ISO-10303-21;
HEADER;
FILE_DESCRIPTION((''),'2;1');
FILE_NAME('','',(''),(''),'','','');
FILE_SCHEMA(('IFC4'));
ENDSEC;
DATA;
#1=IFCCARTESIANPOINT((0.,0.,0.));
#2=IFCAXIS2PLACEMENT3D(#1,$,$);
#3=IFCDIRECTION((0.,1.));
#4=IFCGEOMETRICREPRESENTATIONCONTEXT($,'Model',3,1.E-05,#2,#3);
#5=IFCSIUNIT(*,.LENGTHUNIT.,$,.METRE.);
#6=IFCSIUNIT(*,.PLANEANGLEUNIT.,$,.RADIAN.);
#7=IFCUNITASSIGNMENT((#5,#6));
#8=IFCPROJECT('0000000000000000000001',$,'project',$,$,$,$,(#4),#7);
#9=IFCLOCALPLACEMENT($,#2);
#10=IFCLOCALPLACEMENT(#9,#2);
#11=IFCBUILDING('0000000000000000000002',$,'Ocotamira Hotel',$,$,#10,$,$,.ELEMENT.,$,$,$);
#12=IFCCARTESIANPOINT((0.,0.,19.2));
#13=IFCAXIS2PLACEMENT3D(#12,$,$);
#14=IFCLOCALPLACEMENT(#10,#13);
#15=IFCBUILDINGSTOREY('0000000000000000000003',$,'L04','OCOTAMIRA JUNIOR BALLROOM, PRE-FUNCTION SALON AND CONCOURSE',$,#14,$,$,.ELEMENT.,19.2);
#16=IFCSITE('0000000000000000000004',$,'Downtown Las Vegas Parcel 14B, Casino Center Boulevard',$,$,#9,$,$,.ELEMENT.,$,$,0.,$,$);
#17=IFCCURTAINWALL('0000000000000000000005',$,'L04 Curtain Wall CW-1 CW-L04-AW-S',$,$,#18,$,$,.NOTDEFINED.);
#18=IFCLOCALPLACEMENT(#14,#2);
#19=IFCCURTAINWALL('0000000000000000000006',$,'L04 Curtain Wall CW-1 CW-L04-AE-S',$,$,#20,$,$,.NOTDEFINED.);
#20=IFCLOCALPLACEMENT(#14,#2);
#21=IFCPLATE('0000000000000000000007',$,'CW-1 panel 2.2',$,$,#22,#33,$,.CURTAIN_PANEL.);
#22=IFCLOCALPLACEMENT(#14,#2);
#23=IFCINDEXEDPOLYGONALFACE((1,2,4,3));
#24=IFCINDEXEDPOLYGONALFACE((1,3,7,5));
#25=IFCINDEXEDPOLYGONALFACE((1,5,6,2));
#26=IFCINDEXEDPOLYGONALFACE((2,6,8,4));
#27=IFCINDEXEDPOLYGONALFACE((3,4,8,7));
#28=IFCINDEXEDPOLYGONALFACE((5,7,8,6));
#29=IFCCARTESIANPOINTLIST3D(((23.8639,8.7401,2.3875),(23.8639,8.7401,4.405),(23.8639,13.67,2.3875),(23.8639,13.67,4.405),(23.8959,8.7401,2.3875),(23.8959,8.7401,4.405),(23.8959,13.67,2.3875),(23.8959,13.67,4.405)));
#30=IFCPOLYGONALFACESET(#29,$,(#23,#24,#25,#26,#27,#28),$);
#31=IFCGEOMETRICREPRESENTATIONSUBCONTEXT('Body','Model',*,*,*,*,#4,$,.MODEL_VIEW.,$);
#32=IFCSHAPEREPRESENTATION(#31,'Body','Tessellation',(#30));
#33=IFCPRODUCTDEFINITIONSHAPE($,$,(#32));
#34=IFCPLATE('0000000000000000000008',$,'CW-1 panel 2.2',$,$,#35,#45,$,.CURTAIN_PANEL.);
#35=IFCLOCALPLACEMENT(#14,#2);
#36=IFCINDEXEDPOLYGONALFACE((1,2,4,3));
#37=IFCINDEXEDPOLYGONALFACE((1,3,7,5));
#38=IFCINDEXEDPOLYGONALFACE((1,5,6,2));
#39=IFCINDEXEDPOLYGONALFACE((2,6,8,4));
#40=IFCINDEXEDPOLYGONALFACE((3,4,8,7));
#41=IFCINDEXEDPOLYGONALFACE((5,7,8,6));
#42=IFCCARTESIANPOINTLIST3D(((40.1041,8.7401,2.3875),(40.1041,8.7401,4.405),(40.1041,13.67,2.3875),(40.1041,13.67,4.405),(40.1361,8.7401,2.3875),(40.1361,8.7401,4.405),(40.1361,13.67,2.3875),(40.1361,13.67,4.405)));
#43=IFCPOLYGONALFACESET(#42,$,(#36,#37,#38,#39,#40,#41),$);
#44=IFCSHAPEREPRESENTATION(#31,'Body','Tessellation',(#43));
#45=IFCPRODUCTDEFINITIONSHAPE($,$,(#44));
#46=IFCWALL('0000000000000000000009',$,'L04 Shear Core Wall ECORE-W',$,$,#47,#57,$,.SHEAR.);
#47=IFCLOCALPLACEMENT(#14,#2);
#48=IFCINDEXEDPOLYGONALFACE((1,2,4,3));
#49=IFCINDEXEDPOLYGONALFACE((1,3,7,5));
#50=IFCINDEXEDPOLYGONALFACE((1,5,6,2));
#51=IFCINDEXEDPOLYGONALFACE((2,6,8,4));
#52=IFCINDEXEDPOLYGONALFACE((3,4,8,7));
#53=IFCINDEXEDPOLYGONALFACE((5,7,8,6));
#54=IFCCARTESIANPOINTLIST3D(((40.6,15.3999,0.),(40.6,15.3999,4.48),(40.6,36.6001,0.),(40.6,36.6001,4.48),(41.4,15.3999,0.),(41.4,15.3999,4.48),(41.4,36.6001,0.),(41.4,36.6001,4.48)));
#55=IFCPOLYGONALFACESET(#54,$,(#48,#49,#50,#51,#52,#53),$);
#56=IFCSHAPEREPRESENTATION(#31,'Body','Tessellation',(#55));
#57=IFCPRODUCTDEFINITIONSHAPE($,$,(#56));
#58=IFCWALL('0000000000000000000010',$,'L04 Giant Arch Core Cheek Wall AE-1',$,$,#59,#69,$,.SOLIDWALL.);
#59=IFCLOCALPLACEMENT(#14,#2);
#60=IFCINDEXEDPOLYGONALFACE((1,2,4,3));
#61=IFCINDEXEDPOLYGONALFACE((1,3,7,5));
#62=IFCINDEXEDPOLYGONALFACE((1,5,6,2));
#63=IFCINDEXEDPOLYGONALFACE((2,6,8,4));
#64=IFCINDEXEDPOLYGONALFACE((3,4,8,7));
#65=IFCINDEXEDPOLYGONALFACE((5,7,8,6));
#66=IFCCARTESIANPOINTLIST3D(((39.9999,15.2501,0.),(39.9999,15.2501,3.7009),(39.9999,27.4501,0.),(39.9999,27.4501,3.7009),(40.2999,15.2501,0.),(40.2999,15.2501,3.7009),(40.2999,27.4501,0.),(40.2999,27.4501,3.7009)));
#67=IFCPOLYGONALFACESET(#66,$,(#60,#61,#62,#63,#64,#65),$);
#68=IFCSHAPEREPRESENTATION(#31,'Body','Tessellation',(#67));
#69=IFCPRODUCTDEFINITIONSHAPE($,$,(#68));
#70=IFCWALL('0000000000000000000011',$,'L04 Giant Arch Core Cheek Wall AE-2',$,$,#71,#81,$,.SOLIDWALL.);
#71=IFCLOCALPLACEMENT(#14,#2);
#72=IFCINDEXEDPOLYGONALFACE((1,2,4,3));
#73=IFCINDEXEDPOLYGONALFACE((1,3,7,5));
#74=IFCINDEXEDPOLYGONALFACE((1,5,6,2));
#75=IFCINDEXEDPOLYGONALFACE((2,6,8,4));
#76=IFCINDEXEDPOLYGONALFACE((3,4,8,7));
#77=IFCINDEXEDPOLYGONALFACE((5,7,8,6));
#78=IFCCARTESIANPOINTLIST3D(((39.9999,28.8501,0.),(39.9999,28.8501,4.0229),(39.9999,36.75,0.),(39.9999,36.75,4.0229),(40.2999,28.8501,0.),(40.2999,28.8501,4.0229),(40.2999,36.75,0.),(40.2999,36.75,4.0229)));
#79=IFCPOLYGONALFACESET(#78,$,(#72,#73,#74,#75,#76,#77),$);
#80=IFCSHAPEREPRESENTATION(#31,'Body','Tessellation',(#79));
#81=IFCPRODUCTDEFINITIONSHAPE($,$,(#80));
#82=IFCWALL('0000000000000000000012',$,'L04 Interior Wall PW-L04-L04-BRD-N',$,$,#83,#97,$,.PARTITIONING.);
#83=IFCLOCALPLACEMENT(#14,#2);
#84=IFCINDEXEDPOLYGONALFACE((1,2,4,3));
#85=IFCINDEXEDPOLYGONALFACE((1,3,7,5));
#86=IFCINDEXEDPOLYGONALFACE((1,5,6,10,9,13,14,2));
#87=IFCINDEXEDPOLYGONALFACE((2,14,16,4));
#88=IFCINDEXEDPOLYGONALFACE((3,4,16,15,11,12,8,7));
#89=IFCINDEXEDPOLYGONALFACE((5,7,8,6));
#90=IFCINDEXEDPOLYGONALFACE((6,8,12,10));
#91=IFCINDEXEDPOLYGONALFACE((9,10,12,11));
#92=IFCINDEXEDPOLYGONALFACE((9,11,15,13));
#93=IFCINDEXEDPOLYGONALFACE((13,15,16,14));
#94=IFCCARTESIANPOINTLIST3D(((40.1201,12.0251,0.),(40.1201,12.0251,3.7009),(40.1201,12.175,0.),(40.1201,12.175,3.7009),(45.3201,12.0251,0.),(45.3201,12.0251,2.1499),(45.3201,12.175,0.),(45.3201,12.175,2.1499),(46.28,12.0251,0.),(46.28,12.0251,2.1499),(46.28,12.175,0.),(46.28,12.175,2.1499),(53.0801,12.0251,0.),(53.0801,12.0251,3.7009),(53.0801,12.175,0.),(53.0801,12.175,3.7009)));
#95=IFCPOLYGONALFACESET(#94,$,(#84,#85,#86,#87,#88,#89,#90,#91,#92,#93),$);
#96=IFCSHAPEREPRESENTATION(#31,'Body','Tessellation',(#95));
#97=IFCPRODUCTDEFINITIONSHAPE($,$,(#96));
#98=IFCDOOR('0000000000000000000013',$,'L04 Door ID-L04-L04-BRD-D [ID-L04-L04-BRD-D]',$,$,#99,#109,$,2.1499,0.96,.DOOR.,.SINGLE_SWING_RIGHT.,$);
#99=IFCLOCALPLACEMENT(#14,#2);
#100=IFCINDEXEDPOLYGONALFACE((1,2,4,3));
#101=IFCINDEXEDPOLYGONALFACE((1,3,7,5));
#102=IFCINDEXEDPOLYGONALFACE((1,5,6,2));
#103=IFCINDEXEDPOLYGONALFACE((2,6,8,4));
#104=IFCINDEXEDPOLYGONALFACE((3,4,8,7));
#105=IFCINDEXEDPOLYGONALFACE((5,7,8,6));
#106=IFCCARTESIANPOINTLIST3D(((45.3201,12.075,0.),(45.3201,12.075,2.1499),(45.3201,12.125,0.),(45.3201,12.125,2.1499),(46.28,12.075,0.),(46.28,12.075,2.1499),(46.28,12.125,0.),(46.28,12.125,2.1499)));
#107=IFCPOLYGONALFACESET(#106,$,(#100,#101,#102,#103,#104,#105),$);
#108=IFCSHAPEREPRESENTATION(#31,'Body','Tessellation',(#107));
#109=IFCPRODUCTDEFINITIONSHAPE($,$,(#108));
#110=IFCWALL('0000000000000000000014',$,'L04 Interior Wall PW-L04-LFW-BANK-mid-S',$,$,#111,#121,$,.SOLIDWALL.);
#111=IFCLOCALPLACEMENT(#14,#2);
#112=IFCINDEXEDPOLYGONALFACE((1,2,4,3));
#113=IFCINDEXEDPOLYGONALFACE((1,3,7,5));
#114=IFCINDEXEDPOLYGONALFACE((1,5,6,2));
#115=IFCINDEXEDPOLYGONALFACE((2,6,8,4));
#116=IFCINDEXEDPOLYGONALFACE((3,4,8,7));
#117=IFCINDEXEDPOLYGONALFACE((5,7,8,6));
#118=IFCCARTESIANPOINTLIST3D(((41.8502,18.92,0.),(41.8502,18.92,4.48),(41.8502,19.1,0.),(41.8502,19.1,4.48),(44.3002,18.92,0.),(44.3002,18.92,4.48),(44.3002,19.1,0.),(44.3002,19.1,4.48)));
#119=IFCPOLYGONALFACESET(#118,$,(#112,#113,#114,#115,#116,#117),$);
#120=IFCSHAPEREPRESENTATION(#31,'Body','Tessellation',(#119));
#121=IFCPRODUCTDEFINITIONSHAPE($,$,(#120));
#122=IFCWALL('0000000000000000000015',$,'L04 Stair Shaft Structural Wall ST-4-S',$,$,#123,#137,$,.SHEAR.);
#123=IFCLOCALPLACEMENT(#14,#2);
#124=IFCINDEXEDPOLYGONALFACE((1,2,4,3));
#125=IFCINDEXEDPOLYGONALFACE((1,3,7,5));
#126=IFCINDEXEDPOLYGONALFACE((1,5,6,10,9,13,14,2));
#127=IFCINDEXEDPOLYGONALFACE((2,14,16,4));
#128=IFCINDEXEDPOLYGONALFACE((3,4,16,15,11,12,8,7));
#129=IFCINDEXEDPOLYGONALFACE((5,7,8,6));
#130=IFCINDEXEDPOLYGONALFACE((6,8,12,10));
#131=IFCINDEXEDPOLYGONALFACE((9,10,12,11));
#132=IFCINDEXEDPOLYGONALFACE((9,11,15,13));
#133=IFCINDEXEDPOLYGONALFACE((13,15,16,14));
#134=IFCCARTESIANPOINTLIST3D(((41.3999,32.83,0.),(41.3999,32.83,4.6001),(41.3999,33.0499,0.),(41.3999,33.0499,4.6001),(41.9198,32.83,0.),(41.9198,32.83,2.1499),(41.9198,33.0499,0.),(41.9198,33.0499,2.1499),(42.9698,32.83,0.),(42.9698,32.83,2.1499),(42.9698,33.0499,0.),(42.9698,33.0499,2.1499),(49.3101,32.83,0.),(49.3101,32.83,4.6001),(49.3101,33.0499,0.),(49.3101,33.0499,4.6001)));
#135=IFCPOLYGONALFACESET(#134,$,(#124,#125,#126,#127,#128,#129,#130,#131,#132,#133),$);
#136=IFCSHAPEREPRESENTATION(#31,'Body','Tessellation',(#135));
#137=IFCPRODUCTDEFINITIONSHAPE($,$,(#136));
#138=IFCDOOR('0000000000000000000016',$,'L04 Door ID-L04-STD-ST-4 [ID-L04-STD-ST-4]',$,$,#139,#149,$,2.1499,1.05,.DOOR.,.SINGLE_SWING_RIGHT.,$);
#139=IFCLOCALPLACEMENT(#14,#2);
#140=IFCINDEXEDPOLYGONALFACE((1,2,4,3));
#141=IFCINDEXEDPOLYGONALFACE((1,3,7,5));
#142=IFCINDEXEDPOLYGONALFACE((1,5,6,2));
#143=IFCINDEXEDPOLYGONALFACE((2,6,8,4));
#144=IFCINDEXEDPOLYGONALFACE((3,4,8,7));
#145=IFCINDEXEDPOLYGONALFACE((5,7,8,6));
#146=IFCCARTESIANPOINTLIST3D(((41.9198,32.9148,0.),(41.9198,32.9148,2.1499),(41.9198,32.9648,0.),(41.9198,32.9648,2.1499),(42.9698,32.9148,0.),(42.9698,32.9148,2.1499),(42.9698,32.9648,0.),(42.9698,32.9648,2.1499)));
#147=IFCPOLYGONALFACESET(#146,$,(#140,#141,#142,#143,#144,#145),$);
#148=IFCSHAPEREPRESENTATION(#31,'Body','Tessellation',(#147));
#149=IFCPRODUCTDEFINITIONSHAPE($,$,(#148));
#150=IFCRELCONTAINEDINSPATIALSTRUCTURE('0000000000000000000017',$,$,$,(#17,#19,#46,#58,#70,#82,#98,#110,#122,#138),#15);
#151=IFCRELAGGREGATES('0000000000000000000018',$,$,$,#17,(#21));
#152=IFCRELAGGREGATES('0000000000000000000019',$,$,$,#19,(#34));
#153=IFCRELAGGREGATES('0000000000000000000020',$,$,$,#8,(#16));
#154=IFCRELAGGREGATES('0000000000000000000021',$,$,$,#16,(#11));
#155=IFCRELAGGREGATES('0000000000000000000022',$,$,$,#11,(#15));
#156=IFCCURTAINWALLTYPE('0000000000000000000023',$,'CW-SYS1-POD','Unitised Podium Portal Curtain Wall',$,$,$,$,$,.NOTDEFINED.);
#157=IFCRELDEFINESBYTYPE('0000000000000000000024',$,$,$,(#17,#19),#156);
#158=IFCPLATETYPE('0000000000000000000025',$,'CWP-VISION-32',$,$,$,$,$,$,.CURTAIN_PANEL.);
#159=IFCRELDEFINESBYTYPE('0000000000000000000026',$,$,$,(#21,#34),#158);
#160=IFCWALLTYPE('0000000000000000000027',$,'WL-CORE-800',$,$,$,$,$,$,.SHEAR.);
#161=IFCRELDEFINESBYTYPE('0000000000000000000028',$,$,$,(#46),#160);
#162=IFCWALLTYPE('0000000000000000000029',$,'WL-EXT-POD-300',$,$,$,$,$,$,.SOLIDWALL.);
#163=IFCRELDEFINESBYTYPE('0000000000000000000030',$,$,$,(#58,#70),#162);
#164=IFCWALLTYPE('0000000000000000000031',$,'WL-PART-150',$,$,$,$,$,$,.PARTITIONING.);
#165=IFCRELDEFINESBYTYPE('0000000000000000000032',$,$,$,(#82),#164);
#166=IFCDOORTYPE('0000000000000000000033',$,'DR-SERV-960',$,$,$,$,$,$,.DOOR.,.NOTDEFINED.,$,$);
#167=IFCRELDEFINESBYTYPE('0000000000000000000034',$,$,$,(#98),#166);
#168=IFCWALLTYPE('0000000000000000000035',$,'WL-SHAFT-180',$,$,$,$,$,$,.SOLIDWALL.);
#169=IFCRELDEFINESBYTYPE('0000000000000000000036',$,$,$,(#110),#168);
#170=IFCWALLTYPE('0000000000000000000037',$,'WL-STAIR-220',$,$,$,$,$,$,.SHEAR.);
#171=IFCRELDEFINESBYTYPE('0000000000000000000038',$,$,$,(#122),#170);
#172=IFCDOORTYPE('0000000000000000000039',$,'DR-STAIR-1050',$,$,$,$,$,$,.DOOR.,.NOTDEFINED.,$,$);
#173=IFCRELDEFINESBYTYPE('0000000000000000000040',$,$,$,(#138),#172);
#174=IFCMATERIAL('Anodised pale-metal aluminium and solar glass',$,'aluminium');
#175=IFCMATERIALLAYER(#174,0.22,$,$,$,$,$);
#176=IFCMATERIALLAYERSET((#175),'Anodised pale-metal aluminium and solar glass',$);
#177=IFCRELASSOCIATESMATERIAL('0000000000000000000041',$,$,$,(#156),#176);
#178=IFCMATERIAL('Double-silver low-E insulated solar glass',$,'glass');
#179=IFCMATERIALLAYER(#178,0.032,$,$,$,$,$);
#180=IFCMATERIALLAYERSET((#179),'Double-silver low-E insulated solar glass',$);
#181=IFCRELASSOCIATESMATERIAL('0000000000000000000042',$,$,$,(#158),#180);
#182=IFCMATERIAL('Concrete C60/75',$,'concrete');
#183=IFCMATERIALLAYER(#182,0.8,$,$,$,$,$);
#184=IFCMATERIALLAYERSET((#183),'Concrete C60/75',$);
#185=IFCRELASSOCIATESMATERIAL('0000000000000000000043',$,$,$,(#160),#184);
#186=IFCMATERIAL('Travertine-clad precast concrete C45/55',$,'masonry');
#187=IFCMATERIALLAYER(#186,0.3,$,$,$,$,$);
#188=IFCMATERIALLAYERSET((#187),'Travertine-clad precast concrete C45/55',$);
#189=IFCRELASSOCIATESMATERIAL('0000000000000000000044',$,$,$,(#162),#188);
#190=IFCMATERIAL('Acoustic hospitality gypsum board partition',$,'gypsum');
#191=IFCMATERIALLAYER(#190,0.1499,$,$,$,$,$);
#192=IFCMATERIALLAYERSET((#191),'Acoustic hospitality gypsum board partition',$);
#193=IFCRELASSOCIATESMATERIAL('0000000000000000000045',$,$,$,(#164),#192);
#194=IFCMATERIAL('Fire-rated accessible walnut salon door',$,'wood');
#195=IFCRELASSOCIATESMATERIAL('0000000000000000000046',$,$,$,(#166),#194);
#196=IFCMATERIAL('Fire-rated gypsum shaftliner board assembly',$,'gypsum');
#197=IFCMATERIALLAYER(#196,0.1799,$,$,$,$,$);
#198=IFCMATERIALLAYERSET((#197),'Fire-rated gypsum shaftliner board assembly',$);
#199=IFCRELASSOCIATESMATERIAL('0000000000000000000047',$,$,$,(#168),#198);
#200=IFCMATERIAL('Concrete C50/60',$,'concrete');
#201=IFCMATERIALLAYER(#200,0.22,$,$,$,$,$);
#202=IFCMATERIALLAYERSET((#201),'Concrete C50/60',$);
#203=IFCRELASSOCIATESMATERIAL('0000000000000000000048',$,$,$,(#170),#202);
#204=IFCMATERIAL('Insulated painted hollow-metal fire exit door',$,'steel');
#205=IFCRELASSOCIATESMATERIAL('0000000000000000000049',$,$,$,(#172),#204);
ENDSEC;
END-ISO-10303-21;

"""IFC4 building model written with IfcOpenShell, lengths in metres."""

from ifc_helpers import new_model, si_unit, direction, frame, frame_2d, origin, origin_2d, place, context, subcontext, project, spatial, rectangle, extrude, source, transform, mapped, material, layer, layer_set, type_object, element, fill, aggregate, save


model = new_model("IFC4")

# Units and contexts
model_context = context("Model", 3, precision=1e-05, world=origin(), true_north=direction((0.0, 1.0)))
body_context = subcontext(model_context, "Body", "Model", "MODEL_VIEW")
ifc_project = project(units=[si_unit("LENGTHUNIT", "METRE"), si_unit("PLANEANGLEUNIT", "RADIAN")], contexts=[model_context])

# Site, building, storey
site_placement = place(None, origin())
site = spatial("IfcSite", under=ifc_project, at=site_placement, Name="Downtown Las Vegas Parcel 14B, Casino Center Boulevard", CompositionType="ELEMENT", RefElevation=0.0)
building_placement = place(site_placement, origin())
building = spatial("IfcBuilding", under=site, at=building_placement, Name="Ocotamira Hotel", CompositionType="ELEMENT")
storey_placement = place(building_placement, frame((0.0, 0.0, 19.2)))
storey = spatial("IfcBuildingStorey", under=building, at=storey_placement, Name="L04", Description="OCOTAMIRA JUNIOR BALLROOM, PRE-FUNCTION SALON AND CONCOURSE", CompositionType="ELEMENT", Elevation=19.2)

# Shared definitions
ifc_material_1 = material(Name="Concrete C60/75", Category="concrete")

# Curtain walls
ifc_material_2 = material(Name="Anodised pale-metal aluminium and solar glass", Category="aluminium")
ifc_layer_1 = layer(ifc_material_2, 0.22)
ifc_layer_set_1 = layer_set([ifc_layer_1], Name="Anodised pale-metal aluminium and solar glass")
curtain_wall_type = type_object("IfcCurtainWallType", Name="CW-SYS1-POD", Description="Unitised Podium Portal Curtain Wall", PredefinedType="NOTDEFINED", material=ifc_layer_set_1)
curtain_wall_1_placement = place(storey_placement, origin())
curtain_wall_1 = element("IfcCurtainWall", 1, at=curtain_wall_1_placement, inside=storey, type_object=curtain_wall_type, Name="L04 Curtain Wall CW-1 CW-L04-AW-S", PredefinedType="NOTDEFINED")
curtain_wall_2_placement = place(storey_placement, origin())
curtain_wall_2 = element("IfcCurtainWall", 2, at=curtain_wall_2_placement, inside=storey, type_object=curtain_wall_type, Name="L04 Curtain Wall CW-1 CW-L04-AE-S", PredefinedType="NOTDEFINED")

# Plates
ifc_material_3 = material(Name="Double-silver low-E insulated solar glass", Category="glass")
ifc_layer_2 = layer(ifc_material_3, 0.032)
ifc_layer_set_2 = layer_set([ifc_layer_2], Name="Double-silver low-E insulated solar glass")
plate_type = type_object("IfcPlateType", Name="CWP-VISION-32", PredefinedType="CURTAIN_PANEL", material=ifc_layer_set_2)
shared_shape_1 = source(origin(), body_context, "Body", "SweptSolid", [
    extrude(rectangle(XDim=4.9299, YDim=0.032, at=origin_2d()), origin(), (0.0, 0.0, 1.0), 2.0176),
])
plate_1_placement = place(storey_placement, frame((23.8799, 11.2051, 2.3875), z_axis=(0.0, 0.0, 1.0), x_axis=(0.0, 1.0, 0.0)))
plate_1 = element("IfcPlate", 3, at=plate_1_placement, type_object=plate_type, Name="CW-1 panel 2.2", PredefinedType="CURTAIN_PANEL", context=body_context, shape_type="MappedRepresentation", body=[
    mapped(shared_shape_1, transform((0.0, 0.0, 0.0), scale=1.0)),
])
aggregate(curtain_wall_1, [plate_1])
plate_2_placement = place(storey_placement, frame((40.1201, 11.2051, 2.3875), z_axis=(0.0, 0.0, 1.0), x_axis=(0.0, 1.0, 0.0)))
plate_2 = element("IfcPlate", 4, at=plate_2_placement, type_object=plate_type, Name="CW-1 panel 2.2", PredefinedType="CURTAIN_PANEL", context=body_context, shape_type="MappedRepresentation", body=[
    mapped(shared_shape_1, transform((0.0, 0.0, 0.0), scale=1.0)),
])
aggregate(curtain_wall_2, [plate_2])

# Shared definitions
ifc_layer_3 = layer(ifc_material_1, 0.8)
ifc_layer_set_3 = layer_set([ifc_layer_3], Name="Concrete C60/75")
wall_type_1 = type_object("IfcWallType", Name="WL-CORE-800", PredefinedType="SHEAR", material=ifc_layer_set_3)

# Walls
wall_1_placement = place(storey_placement, frame((41.0, 15.3999, 0.0), z_axis=(0.0, 0.0, 1.0), x_axis=(0.0, 1.0, 0.0)))
element("IfcWall", 5, at=wall_1_placement, inside=storey, type_object=wall_type_1, Name="L04 Shear Core Wall ECORE-W", PredefinedType="SHEAR", context=body_context, shape_type="SweptSolid", body=[
    extrude(rectangle(XDim=21.2002, YDim=0.8, at=frame_2d((10.6001, 0.0))), origin(), (0.0, 0.0, 1.0), 4.48),
])
ifc_material_4 = material(Name="Travertine-clad precast concrete C45/55", Category="masonry")
ifc_layer_4 = layer(ifc_material_4, 0.3)
ifc_layer_set_4 = layer_set([ifc_layer_4], Name="Travertine-clad precast concrete C45/55")
wall_type_2 = type_object("IfcWallType", Name="WL-EXT-POD-300", PredefinedType="SOLIDWALL", material=ifc_layer_set_4)
wall_2_placement = place(storey_placement, frame((40.1499, 15.25, 0.0), z_axis=(0.0, 0.0, 1.0), x_axis=(0.0, 1.0, 0.0)))
element("IfcWall", 6, at=wall_2_placement, inside=storey, type_object=wall_type_2, Name="L04 Giant Arch Core Cheek Wall AE-1", PredefinedType="SOLIDWALL", context=body_context, shape_type="SweptSolid", body=[
    extrude(rectangle(XDim=12.2, YDim=0.3, at=frame_2d((6.1001, 0.0))), origin(), (0.0, 0.0, 1.0), 3.7009),
])
wall_3_placement = place(storey_placement, frame((40.1499, 28.8501, 0.0), z_axis=(0.0, 0.0, 1.0), x_axis=(0.0, 1.0, 0.0)))
element("IfcWall", 7, at=wall_3_placement, inside=storey, type_object=wall_type_2, Name="L04 Giant Arch Core Cheek Wall AE-2", PredefinedType="SOLIDWALL", context=body_context, shape_type="SweptSolid", body=[
    extrude(rectangle(XDim=7.8999, YDim=0.3, at=frame_2d((3.95, 0.0))), origin(), (0.0, 0.0, 1.0), 4.0229),
])

# Wall, opening, door
ifc_material_5 = material(Name="Acoustic hospitality gypsum board partition", Category="gypsum")
ifc_layer_5 = layer(ifc_material_5, 0.1499)
ifc_layer_set_5 = layer_set([ifc_layer_5], Name="Acoustic hospitality gypsum board partition")
wall_type_3 = type_object("IfcWallType", Name="WL-PART-150", PredefinedType="PARTITIONING", material=ifc_layer_set_5)
wall_4_placement = place(storey_placement, frame((40.1201, 12.1001, 0.0), z_axis=(0.0, 0.0, 1.0), x_axis=(1.0, 0.0, 0.0)))
wall_4 = element("IfcWall", 8, at=wall_4_placement, inside=storey, type_object=wall_type_3, Name="L04 Interior Wall PW-L04-L04-BRD-N", PredefinedType="PARTITIONING", context=body_context, shape_type="SweptSolid", body=[
    extrude(rectangle(XDim=12.96, YDim=0.1499, at=frame_2d((6.48, 0.0))), origin(), (0.0, 0.0, 1.0), 3.7009),
])
opening_1_placement = place(wall_4_placement, frame((5.2, 0.0, 0.0)))
opening_1 = element("IfcOpeningElement", 9, at=opening_1_placement, cuts=wall_4, PredefinedType="OPENING", context=body_context, shape_type="SweptSolid", body=[
    extrude(rectangle(XDim=0.96, YDim=2.1499, at=frame_2d((0.48, 1.075))), frame((0.0, 0.085, 0.0), z_axis=(0.0, -1.0, 0.0), x_axis=(1.0, 0.0, 0.0)), (0.0, 0.0, 1.0), 0.1699),
])
ifc_material_6 = material(Name="Fire-rated accessible walnut salon door", Category="wood")
door_type_1 = type_object("IfcDoorType", Name="DR-SERV-960", OperationType="NOTDEFINED", PredefinedType="DOOR", material=ifc_material_6)
shared_shape_2 = source(origin(), body_context, "Body", "SweptSolid", [
    extrude(rectangle(XDim=0.96, YDim=2.1499, at=frame_2d((0.48, 1.075))), frame((0.0, 0.0249, 0.0), z_axis=(0.0, -1.0, 0.0), x_axis=(1.0, 0.0, 0.0)), (0.0, 0.0, 1.0), 0.05),
])
door_1_placement = place(opening_1_placement, origin())
door_1 = element("IfcDoor", 10, at=door_1_placement, inside=storey, type_object=door_type_1, Name="L04 Door ID-L04-L04-BRD-D [ID-L04-L04-BRD-D]", OperationType="SINGLE_SWING_RIGHT", OverallHeight=2.1499, OverallWidth=0.96, PredefinedType="DOOR", context=body_context, shape_type="MappedRepresentation", body=[
    mapped(shared_shape_2, transform((0.0, 0.0, 0.0), scale=1.0)),
])
fill(opening_1, door_1)

# Wall
ifc_material_7 = material(Name="Fire-rated gypsum shaftliner board assembly", Category="gypsum")
ifc_layer_6 = layer(ifc_material_7, 0.1799)
ifc_layer_set_6 = layer_set([ifc_layer_6], Name="Fire-rated gypsum shaftliner board assembly")
wall_type_4 = type_object("IfcWallType", Name="WL-SHAFT-180", PredefinedType="SOLIDWALL", material=ifc_layer_set_6)
wall_5_placement = place(storey_placement, frame((41.8501, 19.01, 0.0), z_axis=(0.0, 0.0, 1.0), x_axis=(1.0, 0.0, 0.0)))
element("IfcWall", 11, at=wall_5_placement, inside=storey, type_object=wall_type_4, Name="L04 Interior Wall PW-L04-LFW-BANK-mid-S", PredefinedType="SOLIDWALL", context=body_context, shape_type="SweptSolid", body=[
    extrude(rectangle(XDim=2.45, YDim=0.1799, at=frame_2d((1.2251, 0.0))), origin(), (0.0, 0.0, 1.0), 4.48),
])

# Wall, opening, door
ifc_material_8 = material(Name="Concrete C50/60", Category="concrete")
ifc_layer_7 = layer(ifc_material_8, 0.22)
ifc_layer_set_7 = layer_set([ifc_layer_7], Name="Concrete C50/60")
wall_type_5 = type_object("IfcWallType", Name="WL-STAIR-220", PredefinedType="SHEAR", material=ifc_layer_set_7)
wall_6_placement = place(storey_placement, frame((41.3999, 32.9399, 0.0), z_axis=(0.0, 0.0, 1.0), x_axis=(1.0, 0.0, 0.0)))
wall_6 = element("IfcWall", 12, at=wall_6_placement, inside=storey, type_object=wall_type_5, Name="L04 Stair Shaft Structural Wall ST-4-S", PredefinedType="SHEAR", context=body_context, shape_type="SweptSolid", body=[
    extrude(rectangle(XDim=7.9102, YDim=0.22, at=frame_2d((3.9551, 0.0))), origin(), (0.0, 0.0, 1.0), 4.6001),
])
opening_2_placement = place(wall_6_placement, frame((0.52, 0.0, 0.0)))
opening_2 = element("IfcOpeningElement", 13, at=opening_2_placement, cuts=wall_6, PredefinedType="OPENING", context=body_context, shape_type="SweptSolid", body=[
    extrude(rectangle(XDim=1.05, YDim=2.1499, at=frame_2d((0.5249, 1.075))), frame((0.0, 0.1201, 0.0), z_axis=(0.0, -1.0, 0.0), x_axis=(1.0, 0.0, 0.0)), (0.0, 0.0, 1.0), 0.24),
])
ifc_material_9 = material(Name="Insulated painted hollow-metal fire exit door", Category="steel")
door_type_2 = type_object("IfcDoorType", Name="DR-STAIR-1050", OperationType="NOTDEFINED", PredefinedType="DOOR", material=ifc_material_9)
shared_shape_3 = source(origin(), body_context, "Body", "SweptSolid", [
    extrude(rectangle(XDim=1.05, YDim=2.1499, at=frame_2d((0.5249, 1.075))), frame((0.0, 0.0249, 0.0), z_axis=(0.0, -1.0, 0.0), x_axis=(1.0, 0.0, 0.0)), (0.0, 0.0, 1.0), 0.05),
])
door_2_placement = place(opening_2_placement, origin())
door_2 = element("IfcDoor", 14, at=door_2_placement, inside=storey, type_object=door_type_2, Name="L04 Door ID-L04-STD-ST-4 [ID-L04-STD-ST-4]", OperationType="SINGLE_SWING_RIGHT", OverallHeight=2.1499, OverallWidth=1.05, PredefinedType="DOOR", context=body_context, shape_type="MappedRepresentation", body=[
    mapped(shared_shape_3, transform((0.0, 0.0, 0.0), scale=1.0)),
])
fill(opening_2, door_2)

save(model, "model.ifc")
